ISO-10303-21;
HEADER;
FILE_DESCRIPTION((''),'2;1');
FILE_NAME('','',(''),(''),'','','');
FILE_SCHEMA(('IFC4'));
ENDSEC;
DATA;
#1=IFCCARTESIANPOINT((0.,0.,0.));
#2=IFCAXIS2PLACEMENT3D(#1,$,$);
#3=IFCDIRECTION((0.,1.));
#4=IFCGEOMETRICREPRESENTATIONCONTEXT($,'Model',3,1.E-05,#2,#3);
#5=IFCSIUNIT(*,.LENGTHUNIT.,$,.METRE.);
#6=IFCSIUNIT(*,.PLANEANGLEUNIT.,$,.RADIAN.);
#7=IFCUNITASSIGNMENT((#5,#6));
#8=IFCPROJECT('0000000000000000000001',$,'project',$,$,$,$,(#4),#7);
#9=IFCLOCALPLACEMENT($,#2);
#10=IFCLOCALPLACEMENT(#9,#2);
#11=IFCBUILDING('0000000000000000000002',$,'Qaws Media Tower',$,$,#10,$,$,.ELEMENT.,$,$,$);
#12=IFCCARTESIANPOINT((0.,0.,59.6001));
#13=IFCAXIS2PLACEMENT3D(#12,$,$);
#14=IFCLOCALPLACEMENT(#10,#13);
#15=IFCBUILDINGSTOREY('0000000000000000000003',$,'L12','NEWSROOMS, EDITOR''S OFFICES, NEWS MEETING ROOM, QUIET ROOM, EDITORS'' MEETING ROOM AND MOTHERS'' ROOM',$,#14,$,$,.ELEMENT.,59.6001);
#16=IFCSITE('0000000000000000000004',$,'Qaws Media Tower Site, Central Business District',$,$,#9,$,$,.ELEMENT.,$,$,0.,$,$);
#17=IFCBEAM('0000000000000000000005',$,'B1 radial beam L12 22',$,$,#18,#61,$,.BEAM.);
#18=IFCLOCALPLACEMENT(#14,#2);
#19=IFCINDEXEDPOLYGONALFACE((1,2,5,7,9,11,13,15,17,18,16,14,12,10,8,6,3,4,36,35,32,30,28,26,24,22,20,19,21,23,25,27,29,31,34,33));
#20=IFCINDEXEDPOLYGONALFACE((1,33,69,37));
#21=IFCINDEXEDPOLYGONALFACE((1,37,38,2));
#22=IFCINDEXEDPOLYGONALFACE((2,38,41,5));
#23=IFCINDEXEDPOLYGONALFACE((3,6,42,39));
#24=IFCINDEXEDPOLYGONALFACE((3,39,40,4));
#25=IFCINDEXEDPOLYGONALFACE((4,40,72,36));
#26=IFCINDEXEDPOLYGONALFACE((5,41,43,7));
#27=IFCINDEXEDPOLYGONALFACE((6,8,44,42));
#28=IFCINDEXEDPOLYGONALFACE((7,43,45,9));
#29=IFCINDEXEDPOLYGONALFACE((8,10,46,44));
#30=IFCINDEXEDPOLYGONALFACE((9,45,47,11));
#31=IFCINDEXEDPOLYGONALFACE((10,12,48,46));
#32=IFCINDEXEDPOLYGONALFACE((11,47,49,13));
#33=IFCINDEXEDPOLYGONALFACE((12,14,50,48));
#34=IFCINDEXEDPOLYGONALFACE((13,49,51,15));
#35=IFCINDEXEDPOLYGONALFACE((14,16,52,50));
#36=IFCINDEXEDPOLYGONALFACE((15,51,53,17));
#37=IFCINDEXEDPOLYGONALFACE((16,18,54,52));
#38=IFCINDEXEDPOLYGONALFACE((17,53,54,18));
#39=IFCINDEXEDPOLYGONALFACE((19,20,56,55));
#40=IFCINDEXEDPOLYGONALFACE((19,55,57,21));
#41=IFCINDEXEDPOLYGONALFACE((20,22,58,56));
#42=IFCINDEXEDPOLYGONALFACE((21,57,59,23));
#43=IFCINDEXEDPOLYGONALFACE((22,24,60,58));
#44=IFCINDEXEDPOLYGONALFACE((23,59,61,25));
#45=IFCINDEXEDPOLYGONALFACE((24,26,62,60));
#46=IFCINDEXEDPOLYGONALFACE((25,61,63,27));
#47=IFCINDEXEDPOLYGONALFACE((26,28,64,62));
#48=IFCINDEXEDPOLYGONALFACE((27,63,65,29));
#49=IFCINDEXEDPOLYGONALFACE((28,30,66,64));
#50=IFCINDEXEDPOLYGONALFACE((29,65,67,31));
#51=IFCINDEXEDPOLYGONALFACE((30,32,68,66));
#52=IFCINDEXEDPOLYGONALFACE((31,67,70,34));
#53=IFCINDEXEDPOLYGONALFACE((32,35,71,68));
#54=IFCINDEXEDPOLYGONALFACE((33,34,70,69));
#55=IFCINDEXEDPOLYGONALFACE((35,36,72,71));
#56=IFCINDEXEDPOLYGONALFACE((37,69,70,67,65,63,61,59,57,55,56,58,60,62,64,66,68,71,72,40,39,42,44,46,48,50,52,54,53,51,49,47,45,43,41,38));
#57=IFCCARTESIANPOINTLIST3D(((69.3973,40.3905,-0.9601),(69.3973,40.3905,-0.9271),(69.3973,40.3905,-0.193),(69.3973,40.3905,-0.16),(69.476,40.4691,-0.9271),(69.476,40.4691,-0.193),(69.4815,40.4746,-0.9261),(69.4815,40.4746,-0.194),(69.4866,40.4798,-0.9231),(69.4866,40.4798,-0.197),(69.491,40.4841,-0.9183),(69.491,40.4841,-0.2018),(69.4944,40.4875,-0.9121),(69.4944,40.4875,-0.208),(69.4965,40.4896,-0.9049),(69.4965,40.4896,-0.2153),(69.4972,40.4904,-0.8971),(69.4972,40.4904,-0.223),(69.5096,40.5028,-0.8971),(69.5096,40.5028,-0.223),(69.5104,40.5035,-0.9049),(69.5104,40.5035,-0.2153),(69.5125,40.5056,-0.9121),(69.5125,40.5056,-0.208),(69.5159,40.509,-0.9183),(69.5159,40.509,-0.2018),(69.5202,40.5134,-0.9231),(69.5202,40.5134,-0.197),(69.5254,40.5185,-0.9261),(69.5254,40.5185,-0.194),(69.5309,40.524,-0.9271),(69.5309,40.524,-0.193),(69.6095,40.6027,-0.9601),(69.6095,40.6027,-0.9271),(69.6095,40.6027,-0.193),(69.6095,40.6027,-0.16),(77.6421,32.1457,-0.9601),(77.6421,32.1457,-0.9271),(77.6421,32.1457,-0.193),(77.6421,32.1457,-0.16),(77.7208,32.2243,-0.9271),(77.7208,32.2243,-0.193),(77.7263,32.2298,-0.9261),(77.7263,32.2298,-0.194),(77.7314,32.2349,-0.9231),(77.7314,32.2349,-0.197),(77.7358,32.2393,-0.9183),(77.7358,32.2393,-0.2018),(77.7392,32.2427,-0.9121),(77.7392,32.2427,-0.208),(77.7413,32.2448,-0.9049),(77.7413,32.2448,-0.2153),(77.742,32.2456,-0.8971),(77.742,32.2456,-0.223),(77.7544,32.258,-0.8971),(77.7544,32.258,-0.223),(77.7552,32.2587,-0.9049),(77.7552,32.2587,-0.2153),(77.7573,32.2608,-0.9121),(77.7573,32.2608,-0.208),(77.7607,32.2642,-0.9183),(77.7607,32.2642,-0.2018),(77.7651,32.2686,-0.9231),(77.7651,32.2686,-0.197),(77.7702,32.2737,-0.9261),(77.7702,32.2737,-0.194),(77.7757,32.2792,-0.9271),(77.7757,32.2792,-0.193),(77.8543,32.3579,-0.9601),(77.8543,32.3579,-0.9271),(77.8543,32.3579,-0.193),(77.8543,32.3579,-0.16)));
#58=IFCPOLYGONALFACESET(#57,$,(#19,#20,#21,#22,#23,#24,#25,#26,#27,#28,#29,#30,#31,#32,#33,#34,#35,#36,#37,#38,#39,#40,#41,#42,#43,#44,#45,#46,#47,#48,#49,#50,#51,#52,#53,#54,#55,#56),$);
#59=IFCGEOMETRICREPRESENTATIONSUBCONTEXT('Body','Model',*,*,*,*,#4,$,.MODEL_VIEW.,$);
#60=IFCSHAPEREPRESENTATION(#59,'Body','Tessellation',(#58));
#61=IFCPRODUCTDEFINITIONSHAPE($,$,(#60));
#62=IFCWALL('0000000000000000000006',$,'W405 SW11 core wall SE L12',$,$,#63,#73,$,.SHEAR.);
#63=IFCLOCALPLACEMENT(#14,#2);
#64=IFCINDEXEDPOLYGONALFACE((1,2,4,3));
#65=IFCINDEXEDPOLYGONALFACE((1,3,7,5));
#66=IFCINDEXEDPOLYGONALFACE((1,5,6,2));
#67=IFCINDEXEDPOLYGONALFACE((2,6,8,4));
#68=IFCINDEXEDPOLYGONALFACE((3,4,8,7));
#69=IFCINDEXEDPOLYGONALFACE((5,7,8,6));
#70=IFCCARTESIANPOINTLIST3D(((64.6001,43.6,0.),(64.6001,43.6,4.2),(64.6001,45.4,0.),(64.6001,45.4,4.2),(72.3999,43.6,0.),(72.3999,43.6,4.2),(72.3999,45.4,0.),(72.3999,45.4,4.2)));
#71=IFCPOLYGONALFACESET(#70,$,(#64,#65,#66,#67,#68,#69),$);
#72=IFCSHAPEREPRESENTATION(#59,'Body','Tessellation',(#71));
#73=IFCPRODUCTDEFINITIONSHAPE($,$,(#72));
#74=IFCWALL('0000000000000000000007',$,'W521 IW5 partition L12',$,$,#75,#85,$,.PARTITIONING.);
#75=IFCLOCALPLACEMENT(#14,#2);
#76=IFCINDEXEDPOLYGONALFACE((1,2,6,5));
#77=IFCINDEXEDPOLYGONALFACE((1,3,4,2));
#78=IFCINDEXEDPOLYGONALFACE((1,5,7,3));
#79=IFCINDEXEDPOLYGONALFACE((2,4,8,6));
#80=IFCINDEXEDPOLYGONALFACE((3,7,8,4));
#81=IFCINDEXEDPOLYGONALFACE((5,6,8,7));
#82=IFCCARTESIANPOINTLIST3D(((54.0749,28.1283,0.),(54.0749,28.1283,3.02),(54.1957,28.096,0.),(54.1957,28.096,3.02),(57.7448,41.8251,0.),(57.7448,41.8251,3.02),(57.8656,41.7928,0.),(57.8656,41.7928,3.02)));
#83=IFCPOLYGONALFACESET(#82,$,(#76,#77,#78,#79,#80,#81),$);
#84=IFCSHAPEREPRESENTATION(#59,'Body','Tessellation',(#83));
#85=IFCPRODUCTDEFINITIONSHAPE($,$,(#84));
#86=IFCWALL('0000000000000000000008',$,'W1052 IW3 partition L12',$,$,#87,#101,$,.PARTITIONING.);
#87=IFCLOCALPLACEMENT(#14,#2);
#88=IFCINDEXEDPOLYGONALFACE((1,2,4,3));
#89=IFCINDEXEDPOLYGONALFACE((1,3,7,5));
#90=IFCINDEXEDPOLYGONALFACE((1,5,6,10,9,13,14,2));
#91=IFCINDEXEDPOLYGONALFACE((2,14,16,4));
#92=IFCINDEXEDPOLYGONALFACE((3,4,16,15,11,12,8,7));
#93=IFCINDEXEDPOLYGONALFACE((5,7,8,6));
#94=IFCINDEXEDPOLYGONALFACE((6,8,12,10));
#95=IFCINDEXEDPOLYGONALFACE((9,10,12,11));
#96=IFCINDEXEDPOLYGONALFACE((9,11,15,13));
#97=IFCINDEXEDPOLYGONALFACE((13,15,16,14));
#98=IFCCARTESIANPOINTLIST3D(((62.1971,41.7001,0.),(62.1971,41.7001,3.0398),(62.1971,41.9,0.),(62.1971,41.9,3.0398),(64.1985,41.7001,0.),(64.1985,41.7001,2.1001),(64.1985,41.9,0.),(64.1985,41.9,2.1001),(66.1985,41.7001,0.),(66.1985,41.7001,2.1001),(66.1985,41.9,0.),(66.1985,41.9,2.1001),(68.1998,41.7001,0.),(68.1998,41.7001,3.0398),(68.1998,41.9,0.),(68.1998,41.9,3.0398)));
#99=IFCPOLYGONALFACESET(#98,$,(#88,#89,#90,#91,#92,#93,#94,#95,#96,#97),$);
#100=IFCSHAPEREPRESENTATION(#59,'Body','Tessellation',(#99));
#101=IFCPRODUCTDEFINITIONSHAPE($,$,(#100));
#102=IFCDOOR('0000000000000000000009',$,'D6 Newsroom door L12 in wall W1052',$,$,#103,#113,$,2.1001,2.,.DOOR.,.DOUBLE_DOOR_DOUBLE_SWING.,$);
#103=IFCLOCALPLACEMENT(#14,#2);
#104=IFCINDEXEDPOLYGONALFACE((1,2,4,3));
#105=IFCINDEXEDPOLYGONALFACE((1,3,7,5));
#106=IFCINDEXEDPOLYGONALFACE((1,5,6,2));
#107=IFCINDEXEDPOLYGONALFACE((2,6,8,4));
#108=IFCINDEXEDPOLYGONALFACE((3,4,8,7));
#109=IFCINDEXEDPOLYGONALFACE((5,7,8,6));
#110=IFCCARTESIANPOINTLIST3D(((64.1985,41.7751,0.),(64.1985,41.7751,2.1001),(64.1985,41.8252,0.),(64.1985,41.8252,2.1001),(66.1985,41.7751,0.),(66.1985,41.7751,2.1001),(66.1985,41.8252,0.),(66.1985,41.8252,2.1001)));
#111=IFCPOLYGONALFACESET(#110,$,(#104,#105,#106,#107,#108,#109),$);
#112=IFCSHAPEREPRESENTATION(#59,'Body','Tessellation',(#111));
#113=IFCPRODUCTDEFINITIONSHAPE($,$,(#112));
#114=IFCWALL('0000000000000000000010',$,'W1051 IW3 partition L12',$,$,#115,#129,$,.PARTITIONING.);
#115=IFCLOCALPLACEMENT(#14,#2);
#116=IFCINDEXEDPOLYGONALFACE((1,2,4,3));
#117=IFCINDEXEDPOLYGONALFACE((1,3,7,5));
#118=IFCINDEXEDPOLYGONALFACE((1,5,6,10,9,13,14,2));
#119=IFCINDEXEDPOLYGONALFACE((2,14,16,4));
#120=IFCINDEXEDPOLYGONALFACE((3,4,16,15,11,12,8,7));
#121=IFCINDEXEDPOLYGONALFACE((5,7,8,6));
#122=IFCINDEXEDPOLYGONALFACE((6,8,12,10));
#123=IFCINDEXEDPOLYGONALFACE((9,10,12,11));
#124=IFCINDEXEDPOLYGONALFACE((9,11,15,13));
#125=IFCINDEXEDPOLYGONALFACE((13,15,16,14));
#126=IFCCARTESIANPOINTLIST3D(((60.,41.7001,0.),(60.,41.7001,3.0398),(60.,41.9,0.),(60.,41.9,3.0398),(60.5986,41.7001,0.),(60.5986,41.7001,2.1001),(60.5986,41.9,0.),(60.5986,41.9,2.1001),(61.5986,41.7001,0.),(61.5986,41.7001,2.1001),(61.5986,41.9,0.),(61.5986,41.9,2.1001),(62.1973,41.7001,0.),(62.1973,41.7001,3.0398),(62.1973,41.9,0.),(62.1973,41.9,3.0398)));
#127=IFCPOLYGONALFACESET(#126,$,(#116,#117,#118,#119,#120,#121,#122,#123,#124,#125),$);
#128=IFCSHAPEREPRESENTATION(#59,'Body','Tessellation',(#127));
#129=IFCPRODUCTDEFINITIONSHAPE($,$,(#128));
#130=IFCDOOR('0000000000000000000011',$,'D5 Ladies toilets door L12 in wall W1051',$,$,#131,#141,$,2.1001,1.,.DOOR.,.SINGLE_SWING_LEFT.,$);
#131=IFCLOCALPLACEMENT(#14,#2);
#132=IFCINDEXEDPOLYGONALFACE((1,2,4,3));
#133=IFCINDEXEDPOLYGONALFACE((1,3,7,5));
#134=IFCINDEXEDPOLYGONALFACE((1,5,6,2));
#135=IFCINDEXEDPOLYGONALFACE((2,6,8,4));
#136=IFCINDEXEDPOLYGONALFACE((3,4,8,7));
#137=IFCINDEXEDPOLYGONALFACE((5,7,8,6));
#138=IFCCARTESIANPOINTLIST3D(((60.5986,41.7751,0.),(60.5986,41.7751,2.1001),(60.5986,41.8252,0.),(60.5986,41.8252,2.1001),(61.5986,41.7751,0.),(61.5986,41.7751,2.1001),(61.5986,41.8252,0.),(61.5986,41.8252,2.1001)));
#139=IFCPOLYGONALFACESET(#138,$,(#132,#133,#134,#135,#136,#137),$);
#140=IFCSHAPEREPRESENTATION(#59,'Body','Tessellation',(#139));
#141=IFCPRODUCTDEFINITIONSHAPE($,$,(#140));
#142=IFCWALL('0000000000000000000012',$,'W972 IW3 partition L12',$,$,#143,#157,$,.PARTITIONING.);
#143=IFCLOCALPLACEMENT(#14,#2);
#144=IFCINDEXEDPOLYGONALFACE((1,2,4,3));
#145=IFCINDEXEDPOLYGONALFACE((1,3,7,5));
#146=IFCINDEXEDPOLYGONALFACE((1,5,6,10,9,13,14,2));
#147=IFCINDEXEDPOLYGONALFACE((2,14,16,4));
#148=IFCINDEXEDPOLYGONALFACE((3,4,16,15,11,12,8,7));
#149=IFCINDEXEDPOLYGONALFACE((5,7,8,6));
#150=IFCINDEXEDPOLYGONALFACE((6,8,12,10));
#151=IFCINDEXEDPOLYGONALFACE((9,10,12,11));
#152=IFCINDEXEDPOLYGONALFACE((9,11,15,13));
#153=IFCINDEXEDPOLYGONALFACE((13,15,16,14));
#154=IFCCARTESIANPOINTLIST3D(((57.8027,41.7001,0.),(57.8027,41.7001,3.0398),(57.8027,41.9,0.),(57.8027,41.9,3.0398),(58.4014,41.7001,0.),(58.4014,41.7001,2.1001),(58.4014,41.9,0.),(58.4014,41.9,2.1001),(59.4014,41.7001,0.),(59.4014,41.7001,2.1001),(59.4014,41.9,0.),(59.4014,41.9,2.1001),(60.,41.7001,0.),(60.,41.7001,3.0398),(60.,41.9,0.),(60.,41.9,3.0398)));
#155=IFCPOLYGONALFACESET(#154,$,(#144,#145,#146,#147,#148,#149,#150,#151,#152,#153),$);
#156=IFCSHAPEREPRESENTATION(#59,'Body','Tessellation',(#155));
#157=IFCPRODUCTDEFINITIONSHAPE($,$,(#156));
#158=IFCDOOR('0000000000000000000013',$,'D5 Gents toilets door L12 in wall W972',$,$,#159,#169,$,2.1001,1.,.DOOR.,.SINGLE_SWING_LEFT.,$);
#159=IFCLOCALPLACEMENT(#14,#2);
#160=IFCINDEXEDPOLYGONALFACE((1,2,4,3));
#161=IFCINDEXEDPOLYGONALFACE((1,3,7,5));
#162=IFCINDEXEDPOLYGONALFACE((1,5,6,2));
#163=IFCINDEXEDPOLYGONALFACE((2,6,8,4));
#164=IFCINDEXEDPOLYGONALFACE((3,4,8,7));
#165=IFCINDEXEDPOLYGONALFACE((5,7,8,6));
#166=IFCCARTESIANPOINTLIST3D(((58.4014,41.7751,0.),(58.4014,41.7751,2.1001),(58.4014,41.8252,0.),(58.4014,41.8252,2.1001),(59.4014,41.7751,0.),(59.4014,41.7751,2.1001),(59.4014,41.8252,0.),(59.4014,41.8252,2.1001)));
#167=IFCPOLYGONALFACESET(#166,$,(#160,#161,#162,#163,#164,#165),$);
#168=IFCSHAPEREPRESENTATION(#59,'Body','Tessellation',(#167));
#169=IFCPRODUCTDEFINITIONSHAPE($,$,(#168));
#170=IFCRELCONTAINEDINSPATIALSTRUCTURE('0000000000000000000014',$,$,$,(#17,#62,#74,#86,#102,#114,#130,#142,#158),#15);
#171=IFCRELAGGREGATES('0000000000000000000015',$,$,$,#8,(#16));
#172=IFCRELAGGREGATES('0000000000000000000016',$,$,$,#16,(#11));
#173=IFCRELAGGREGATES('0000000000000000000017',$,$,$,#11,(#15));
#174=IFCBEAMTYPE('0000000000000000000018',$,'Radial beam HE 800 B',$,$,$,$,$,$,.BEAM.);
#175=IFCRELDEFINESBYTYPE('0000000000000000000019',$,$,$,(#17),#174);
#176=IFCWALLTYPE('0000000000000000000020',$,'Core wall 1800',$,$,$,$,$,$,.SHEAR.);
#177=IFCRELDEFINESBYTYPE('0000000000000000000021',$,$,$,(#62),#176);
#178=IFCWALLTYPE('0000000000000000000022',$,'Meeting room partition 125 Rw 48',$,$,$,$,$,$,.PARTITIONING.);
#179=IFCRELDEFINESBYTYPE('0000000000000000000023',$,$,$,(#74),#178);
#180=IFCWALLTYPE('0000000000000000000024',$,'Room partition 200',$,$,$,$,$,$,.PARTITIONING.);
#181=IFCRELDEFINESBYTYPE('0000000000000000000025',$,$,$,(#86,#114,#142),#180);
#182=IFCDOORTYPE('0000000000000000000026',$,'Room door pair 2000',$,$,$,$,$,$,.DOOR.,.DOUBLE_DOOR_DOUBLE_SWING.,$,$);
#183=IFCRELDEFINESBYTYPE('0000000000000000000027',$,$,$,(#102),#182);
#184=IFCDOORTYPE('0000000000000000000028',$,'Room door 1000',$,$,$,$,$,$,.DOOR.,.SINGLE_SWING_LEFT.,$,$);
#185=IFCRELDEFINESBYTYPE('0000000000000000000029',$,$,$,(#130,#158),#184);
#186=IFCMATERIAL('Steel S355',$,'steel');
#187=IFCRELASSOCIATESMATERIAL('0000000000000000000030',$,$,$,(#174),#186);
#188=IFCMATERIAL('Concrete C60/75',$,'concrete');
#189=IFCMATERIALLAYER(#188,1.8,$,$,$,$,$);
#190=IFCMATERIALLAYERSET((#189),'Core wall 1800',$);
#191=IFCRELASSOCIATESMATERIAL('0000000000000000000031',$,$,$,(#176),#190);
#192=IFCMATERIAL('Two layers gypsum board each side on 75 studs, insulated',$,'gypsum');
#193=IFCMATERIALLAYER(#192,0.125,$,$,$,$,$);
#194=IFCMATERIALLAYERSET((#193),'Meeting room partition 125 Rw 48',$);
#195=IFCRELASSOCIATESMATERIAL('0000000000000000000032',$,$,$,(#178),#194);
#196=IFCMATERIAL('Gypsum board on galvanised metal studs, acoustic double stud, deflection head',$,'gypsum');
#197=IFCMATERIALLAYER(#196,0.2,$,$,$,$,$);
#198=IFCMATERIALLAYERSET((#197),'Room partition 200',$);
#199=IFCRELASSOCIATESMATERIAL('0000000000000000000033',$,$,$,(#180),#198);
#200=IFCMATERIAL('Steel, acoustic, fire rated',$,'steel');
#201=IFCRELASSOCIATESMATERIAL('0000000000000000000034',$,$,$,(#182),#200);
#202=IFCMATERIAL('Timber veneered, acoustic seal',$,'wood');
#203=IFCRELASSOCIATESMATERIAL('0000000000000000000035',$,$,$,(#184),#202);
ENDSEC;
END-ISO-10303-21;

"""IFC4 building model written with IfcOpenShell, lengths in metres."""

from ifc_helpers import new_model, si_unit, direction, frame, frame_2d, origin, origin_2d, place, context, subcontext, project, spatial, rectangle, i_section, extrude, material, layer, layer_set, material_profile, profile_set, type_object, element, fill, save


model = new_model("IFC4")

# Units and contexts
model_context = context("Model", 3, precision=1e-05, world=origin(), true_north=direction((0.0, 1.0)))
body_context = subcontext(model_context, "Body", "Model", "MODEL_VIEW")
ifc_project = project(units=[si_unit("LENGTHUNIT", "METRE"), si_unit("PLANEANGLEUNIT", "RADIAN")], contexts=[model_context])

# Site, building, storey
site_placement = place(None, origin())
site = spatial("IfcSite", under=ifc_project, at=site_placement, Name="Qaws Media Tower Site, Central Business District", CompositionType="ELEMENT", RefElevation=0.0)
building_placement = place(site_placement, origin())
building = spatial("IfcBuilding", under=site, at=building_placement, Name="Qaws Media Tower", CompositionType="ELEMENT")
storey_placement = place(building_placement, frame((0.0, 0.0, 59.6001)))
storey = spatial("IfcBuildingStorey", under=building, at=storey_placement, Name="L12", Description="NEWSROOMS, EDITOR'S OFFICES, NEWS MEETING ROOM, QUIET ROOM, EDITORS' MEETING ROOM AND MOTHERS' ROOM", CompositionType="ELEMENT", Elevation=59.6001)

# Beam
ifc_material_1 = material(Name="Steel S355", Category="steel")
ifc_material_profile_1 = material_profile(ifc_material_1, i_section(OverallWidth=0.3, OverallDepth=0.8, WebThickness=0.0176, FlangeThickness=0.033, FilletRadius=0.03, at=origin_2d()), Name="HE 800 B")
ifc_profile_set_1 = profile_set([ifc_material_profile_1], Name="Steel S355")
beam_type_1 = type_object("IfcBeamType", Name="Radial beam HE 800 B", PredefinedType="BEAM", material=ifc_profile_set_1)
beam_1_placement = place(storey_placement, frame((69.5034, 40.4966, -0.5601), z_axis=(0.707107, -0.707107, 0.0), x_axis=(0.707107, 0.707107, 0.0)))
element("IfcBeam", 1, at=beam_1_placement, inside=storey, type_object=beam_type_1, Name="B1 radial beam L12 22", PredefinedType="BEAM", context=body_context, shape_type="SweptSolid", body=[
    extrude(i_section(OverallWidth=0.3, OverallDepth=0.8, WebThickness=0.0176, FlangeThickness=0.033, FilletRadius=0.03, at=origin_2d()), origin(), (0.0, 0.0, 1.0), 11.6599),
])

# Walls
ifc_material_2 = material(Name="Concrete C60/75", Category="concrete")
ifc_layer_1 = layer(ifc_material_2, 1.8)
ifc_layer_set_1 = layer_set([ifc_layer_1], Name="Core wall 1800")
wall_type_1 = type_object("IfcWallType", Name="Core wall 1800", PredefinedType="SHEAR", material=ifc_layer_set_1)
wall_1_placement = place(storey_placement, frame((64.6001, 44.5, 0.0), z_axis=(0.0, 0.0, 1.0), x_axis=(1.0, 0.0, 0.0)))
element("IfcWall", 2, at=wall_1_placement, inside=storey, type_object=wall_type_1, Name="W405 SW11 core wall SE L12", PredefinedType="SHEAR", context=body_context, shape_type="SweptSolid", body=[
    extrude(rectangle(XDim=7.7998, YDim=1.8, at=frame_2d((3.8999, 0.0))), origin(), (0.0, 0.0, 1.0), 4.2),
])
ifc_material_3 = material(Name="Two layers gypsum board each side on 75 studs, insulated", Category="gypsum")
ifc_layer_2 = layer(ifc_material_3, 0.125)
ifc_layer_set_2 = layer_set([ifc_layer_2], Name="Meeting room partition 125 Rw 48")
wall_type_2 = type_object("IfcWallType", Name="Meeting room partition 125 Rw 48", PredefinedType="PARTITIONING", material=ifc_layer_set_2)
wall_2_placement = place(storey_placement, frame((57.8052, 41.8088, 0.0), z_axis=(0.0, 0.0, 1.0), x_axis=(-0.258811, -0.965928, 0.0)))
element("IfcWall", 3, at=wall_2_placement, inside=storey, type_object=wall_type_2, Name="W521 IW5 partition L12", PredefinedType="PARTITIONING", context=body_context, shape_type="SweptSolid", body=[
    extrude(rectangle(XDim=14.1799, YDim=0.125, at=frame_2d((7.0898, 0.0))), origin(), (0.0, 0.0, 1.0), 3.02),
])

# Walls, openings, doors
ifc_material_4 = material(Name="Gypsum board on galvanised metal studs, acoustic double stud, deflection head", Category="gypsum")
ifc_layer_3 = layer(ifc_material_4, 0.2)
ifc_layer_set_3 = layer_set([ifc_layer_3], Name="Room partition 200")
wall_type_3 = type_object("IfcWallType", Name="Room partition 200", PredefinedType="PARTITIONING", material=ifc_layer_set_3)
wall_3_placement = place(storey_placement, frame((68.2, 41.8, 0.0), z_axis=(0.0, 0.0, 1.0), x_axis=(-1.0, 0.0, 0.0)))
wall_3 = element("IfcWall", 4, at=wall_3_placement, inside=storey, type_object=wall_type_3, Name="W1052 IW3 partition L12", PredefinedType="PARTITIONING", context=body_context, shape_type="SweptSolid", body=[
    extrude(rectangle(XDim=6.0027, YDim=0.2, at=frame_2d((3.0015, 0.0))), origin(), (0.0, 0.0, 1.0), 3.0398),
])
opening_1_placement = place(wall_3_placement, frame((2.0015, 0.0, 0.0)))
opening_1 = element("IfcOpeningElement", 5, at=opening_1_placement, cuts=wall_3, PredefinedType="OPENING", context=body_context, shape_type="SweptSolid", body=[
    extrude(rectangle(XDim=2.0, YDim=2.1001, at=frame_2d((1.0, 1.05))), frame((0.0, 0.1099, 0.0), z_axis=(0.0, -1.0, 0.0), x_axis=(1.0, 0.0, 0.0)), (0.0, 0.0, 1.0), 0.22),
])
ifc_material_5 = material(Name="Steel, acoustic, fire rated", Category="steel")
door_type_1 = type_object("IfcDoorType", Name="Room door pair 2000", OperationType="DOUBLE_DOOR_DOUBLE_SWING", PredefinedType="DOOR", material=ifc_material_5)
door_1_placement = place(opening_1_placement, origin())
door_1 = element("IfcDoor", 6, at=door_1_placement, inside=storey, type_object=door_type_1, Name="D6 Newsroom door L12 in wall W1052", OperationType="DOUBLE_DOOR_DOUBLE_SWING", OverallHeight=2.1001, OverallWidth=2.0, PredefinedType="DOOR", context=body_context, shape_type="SweptSolid", body=[
    extrude(rectangle(XDim=2.0, YDim=2.1001, at=frame_2d((1.0, 1.05))), frame((0.0, 0.0249, 0.0), z_axis=(0.0, -1.0, 0.0), x_axis=(1.0, 0.0, 0.0)), (0.0, 0.0, 1.0), 0.05),
])
fill(opening_1, door_1)
wall_4_placement = place(storey_placement, frame((62.1973, 41.8, 0.0), z_axis=(0.0, 0.0, 1.0), x_axis=(-1.0, 0.0, 0.0)))
wall_4 = element("IfcWall", 7, at=wall_4_placement, inside=storey, type_object=wall_type_3, Name="W1051 IW3 partition L12", PredefinedType="PARTITIONING", context=body_context, shape_type="SweptSolid", body=[
    extrude(rectangle(XDim=2.1973, YDim=0.2, at=frame_2d((1.0986, 0.0))), origin(), (0.0, 0.0, 1.0), 3.0398),
])
opening_2_placement = place(wall_4_placement, frame((0.5986, 0.0, 0.0)))
opening_2 = element("IfcOpeningElement", 8, at=opening_2_placement, cuts=wall_4, PredefinedType="OPENING", context=body_context, shape_type="SweptSolid", body=[
    extrude(rectangle(XDim=1.0, YDim=2.1001, at=frame_2d((0.5, 1.05))), frame((0.0, 0.1099, 0.0), z_axis=(0.0, -1.0, 0.0), x_axis=(1.0, 0.0, 0.0)), (0.0, 0.0, 1.0), 0.22),
])
ifc_material_6 = material(Name="Timber veneered, acoustic seal", Category="wood")
door_type_2 = type_object("IfcDoorType", Name="Room door 1000", OperationType="SINGLE_SWING_LEFT", PredefinedType="DOOR", material=ifc_material_6)
door_2_placement = place(opening_2_placement, origin())
door_2 = element("IfcDoor", 9, at=door_2_placement, inside=storey, type_object=door_type_2, Name="D5 Ladies toilets door L12 in wall W1051", OperationType="SINGLE_SWING_LEFT", OverallHeight=2.1001, OverallWidth=1.0, PredefinedType="DOOR", context=body_context, shape_type="SweptSolid", body=[
    extrude(rectangle(XDim=1.0, YDim=2.1001, at=frame_2d((0.5, 1.05))), frame((0.0, 0.0249, 0.0), z_axis=(0.0, -1.0, 0.0), x_axis=(1.0, 0.0, 0.0)), (0.0, 0.0, 1.0), 0.05),
])
fill(opening_2, door_2)
wall_5_placement = place(storey_placement, frame((60.0, 41.8, 0.0), z_axis=(0.0, 0.0, 1.0), x_axis=(-1.0, 0.0, 0.0)))
wall_5 = element("IfcWall", 10, at=wall_5_placement, inside=storey, type_object=wall_type_3, Name="W972 IW3 partition L12", PredefinedType="PARTITIONING", context=body_context, shape_type="SweptSolid", body=[
    extrude(rectangle(XDim=2.1973, YDim=0.2, at=frame_2d((1.0986, 0.0))), origin(), (0.0, 0.0, 1.0), 3.0398),
])
opening_3_placement = place(wall_5_placement, frame((0.5986, 0.0, 0.0)))
opening_3 = element("IfcOpeningElement", 11, at=opening_3_placement, cuts=wall_5, PredefinedType="OPENING", context=body_context, shape_type="SweptSolid", body=[
    extrude(rectangle(XDim=1.0, YDim=2.1001, at=frame_2d((0.5, 1.05))), frame((0.0, 0.1099, 0.0), z_axis=(0.0, -1.0, 0.0), x_axis=(1.0, 0.0, 0.0)), (0.0, 0.0, 1.0), 0.22),
])
door_3_placement = place(opening_3_placement, origin())
door_3 = element("IfcDoor", 12, at=door_3_placement, inside=storey, type_object=door_type_2, Name="D5 Gents toilets door L12 in wall W972", OperationType="SINGLE_SWING_LEFT", OverallHeight=2.1001, OverallWidth=1.0, PredefinedType="DOOR", context=body_context, shape_type="SweptSolid", body=[
    extrude(rectangle(XDim=1.0, YDim=2.1001, at=frame_2d((0.5, 1.05))), frame((0.0, 0.0249, 0.0), z_axis=(0.0, -1.0, 0.0), x_axis=(1.0, 0.0, 0.0)), (0.0, 0.0, 1.0), 0.05),
])
fill(opening_3, door_3)

save(model, "model.ifc")
